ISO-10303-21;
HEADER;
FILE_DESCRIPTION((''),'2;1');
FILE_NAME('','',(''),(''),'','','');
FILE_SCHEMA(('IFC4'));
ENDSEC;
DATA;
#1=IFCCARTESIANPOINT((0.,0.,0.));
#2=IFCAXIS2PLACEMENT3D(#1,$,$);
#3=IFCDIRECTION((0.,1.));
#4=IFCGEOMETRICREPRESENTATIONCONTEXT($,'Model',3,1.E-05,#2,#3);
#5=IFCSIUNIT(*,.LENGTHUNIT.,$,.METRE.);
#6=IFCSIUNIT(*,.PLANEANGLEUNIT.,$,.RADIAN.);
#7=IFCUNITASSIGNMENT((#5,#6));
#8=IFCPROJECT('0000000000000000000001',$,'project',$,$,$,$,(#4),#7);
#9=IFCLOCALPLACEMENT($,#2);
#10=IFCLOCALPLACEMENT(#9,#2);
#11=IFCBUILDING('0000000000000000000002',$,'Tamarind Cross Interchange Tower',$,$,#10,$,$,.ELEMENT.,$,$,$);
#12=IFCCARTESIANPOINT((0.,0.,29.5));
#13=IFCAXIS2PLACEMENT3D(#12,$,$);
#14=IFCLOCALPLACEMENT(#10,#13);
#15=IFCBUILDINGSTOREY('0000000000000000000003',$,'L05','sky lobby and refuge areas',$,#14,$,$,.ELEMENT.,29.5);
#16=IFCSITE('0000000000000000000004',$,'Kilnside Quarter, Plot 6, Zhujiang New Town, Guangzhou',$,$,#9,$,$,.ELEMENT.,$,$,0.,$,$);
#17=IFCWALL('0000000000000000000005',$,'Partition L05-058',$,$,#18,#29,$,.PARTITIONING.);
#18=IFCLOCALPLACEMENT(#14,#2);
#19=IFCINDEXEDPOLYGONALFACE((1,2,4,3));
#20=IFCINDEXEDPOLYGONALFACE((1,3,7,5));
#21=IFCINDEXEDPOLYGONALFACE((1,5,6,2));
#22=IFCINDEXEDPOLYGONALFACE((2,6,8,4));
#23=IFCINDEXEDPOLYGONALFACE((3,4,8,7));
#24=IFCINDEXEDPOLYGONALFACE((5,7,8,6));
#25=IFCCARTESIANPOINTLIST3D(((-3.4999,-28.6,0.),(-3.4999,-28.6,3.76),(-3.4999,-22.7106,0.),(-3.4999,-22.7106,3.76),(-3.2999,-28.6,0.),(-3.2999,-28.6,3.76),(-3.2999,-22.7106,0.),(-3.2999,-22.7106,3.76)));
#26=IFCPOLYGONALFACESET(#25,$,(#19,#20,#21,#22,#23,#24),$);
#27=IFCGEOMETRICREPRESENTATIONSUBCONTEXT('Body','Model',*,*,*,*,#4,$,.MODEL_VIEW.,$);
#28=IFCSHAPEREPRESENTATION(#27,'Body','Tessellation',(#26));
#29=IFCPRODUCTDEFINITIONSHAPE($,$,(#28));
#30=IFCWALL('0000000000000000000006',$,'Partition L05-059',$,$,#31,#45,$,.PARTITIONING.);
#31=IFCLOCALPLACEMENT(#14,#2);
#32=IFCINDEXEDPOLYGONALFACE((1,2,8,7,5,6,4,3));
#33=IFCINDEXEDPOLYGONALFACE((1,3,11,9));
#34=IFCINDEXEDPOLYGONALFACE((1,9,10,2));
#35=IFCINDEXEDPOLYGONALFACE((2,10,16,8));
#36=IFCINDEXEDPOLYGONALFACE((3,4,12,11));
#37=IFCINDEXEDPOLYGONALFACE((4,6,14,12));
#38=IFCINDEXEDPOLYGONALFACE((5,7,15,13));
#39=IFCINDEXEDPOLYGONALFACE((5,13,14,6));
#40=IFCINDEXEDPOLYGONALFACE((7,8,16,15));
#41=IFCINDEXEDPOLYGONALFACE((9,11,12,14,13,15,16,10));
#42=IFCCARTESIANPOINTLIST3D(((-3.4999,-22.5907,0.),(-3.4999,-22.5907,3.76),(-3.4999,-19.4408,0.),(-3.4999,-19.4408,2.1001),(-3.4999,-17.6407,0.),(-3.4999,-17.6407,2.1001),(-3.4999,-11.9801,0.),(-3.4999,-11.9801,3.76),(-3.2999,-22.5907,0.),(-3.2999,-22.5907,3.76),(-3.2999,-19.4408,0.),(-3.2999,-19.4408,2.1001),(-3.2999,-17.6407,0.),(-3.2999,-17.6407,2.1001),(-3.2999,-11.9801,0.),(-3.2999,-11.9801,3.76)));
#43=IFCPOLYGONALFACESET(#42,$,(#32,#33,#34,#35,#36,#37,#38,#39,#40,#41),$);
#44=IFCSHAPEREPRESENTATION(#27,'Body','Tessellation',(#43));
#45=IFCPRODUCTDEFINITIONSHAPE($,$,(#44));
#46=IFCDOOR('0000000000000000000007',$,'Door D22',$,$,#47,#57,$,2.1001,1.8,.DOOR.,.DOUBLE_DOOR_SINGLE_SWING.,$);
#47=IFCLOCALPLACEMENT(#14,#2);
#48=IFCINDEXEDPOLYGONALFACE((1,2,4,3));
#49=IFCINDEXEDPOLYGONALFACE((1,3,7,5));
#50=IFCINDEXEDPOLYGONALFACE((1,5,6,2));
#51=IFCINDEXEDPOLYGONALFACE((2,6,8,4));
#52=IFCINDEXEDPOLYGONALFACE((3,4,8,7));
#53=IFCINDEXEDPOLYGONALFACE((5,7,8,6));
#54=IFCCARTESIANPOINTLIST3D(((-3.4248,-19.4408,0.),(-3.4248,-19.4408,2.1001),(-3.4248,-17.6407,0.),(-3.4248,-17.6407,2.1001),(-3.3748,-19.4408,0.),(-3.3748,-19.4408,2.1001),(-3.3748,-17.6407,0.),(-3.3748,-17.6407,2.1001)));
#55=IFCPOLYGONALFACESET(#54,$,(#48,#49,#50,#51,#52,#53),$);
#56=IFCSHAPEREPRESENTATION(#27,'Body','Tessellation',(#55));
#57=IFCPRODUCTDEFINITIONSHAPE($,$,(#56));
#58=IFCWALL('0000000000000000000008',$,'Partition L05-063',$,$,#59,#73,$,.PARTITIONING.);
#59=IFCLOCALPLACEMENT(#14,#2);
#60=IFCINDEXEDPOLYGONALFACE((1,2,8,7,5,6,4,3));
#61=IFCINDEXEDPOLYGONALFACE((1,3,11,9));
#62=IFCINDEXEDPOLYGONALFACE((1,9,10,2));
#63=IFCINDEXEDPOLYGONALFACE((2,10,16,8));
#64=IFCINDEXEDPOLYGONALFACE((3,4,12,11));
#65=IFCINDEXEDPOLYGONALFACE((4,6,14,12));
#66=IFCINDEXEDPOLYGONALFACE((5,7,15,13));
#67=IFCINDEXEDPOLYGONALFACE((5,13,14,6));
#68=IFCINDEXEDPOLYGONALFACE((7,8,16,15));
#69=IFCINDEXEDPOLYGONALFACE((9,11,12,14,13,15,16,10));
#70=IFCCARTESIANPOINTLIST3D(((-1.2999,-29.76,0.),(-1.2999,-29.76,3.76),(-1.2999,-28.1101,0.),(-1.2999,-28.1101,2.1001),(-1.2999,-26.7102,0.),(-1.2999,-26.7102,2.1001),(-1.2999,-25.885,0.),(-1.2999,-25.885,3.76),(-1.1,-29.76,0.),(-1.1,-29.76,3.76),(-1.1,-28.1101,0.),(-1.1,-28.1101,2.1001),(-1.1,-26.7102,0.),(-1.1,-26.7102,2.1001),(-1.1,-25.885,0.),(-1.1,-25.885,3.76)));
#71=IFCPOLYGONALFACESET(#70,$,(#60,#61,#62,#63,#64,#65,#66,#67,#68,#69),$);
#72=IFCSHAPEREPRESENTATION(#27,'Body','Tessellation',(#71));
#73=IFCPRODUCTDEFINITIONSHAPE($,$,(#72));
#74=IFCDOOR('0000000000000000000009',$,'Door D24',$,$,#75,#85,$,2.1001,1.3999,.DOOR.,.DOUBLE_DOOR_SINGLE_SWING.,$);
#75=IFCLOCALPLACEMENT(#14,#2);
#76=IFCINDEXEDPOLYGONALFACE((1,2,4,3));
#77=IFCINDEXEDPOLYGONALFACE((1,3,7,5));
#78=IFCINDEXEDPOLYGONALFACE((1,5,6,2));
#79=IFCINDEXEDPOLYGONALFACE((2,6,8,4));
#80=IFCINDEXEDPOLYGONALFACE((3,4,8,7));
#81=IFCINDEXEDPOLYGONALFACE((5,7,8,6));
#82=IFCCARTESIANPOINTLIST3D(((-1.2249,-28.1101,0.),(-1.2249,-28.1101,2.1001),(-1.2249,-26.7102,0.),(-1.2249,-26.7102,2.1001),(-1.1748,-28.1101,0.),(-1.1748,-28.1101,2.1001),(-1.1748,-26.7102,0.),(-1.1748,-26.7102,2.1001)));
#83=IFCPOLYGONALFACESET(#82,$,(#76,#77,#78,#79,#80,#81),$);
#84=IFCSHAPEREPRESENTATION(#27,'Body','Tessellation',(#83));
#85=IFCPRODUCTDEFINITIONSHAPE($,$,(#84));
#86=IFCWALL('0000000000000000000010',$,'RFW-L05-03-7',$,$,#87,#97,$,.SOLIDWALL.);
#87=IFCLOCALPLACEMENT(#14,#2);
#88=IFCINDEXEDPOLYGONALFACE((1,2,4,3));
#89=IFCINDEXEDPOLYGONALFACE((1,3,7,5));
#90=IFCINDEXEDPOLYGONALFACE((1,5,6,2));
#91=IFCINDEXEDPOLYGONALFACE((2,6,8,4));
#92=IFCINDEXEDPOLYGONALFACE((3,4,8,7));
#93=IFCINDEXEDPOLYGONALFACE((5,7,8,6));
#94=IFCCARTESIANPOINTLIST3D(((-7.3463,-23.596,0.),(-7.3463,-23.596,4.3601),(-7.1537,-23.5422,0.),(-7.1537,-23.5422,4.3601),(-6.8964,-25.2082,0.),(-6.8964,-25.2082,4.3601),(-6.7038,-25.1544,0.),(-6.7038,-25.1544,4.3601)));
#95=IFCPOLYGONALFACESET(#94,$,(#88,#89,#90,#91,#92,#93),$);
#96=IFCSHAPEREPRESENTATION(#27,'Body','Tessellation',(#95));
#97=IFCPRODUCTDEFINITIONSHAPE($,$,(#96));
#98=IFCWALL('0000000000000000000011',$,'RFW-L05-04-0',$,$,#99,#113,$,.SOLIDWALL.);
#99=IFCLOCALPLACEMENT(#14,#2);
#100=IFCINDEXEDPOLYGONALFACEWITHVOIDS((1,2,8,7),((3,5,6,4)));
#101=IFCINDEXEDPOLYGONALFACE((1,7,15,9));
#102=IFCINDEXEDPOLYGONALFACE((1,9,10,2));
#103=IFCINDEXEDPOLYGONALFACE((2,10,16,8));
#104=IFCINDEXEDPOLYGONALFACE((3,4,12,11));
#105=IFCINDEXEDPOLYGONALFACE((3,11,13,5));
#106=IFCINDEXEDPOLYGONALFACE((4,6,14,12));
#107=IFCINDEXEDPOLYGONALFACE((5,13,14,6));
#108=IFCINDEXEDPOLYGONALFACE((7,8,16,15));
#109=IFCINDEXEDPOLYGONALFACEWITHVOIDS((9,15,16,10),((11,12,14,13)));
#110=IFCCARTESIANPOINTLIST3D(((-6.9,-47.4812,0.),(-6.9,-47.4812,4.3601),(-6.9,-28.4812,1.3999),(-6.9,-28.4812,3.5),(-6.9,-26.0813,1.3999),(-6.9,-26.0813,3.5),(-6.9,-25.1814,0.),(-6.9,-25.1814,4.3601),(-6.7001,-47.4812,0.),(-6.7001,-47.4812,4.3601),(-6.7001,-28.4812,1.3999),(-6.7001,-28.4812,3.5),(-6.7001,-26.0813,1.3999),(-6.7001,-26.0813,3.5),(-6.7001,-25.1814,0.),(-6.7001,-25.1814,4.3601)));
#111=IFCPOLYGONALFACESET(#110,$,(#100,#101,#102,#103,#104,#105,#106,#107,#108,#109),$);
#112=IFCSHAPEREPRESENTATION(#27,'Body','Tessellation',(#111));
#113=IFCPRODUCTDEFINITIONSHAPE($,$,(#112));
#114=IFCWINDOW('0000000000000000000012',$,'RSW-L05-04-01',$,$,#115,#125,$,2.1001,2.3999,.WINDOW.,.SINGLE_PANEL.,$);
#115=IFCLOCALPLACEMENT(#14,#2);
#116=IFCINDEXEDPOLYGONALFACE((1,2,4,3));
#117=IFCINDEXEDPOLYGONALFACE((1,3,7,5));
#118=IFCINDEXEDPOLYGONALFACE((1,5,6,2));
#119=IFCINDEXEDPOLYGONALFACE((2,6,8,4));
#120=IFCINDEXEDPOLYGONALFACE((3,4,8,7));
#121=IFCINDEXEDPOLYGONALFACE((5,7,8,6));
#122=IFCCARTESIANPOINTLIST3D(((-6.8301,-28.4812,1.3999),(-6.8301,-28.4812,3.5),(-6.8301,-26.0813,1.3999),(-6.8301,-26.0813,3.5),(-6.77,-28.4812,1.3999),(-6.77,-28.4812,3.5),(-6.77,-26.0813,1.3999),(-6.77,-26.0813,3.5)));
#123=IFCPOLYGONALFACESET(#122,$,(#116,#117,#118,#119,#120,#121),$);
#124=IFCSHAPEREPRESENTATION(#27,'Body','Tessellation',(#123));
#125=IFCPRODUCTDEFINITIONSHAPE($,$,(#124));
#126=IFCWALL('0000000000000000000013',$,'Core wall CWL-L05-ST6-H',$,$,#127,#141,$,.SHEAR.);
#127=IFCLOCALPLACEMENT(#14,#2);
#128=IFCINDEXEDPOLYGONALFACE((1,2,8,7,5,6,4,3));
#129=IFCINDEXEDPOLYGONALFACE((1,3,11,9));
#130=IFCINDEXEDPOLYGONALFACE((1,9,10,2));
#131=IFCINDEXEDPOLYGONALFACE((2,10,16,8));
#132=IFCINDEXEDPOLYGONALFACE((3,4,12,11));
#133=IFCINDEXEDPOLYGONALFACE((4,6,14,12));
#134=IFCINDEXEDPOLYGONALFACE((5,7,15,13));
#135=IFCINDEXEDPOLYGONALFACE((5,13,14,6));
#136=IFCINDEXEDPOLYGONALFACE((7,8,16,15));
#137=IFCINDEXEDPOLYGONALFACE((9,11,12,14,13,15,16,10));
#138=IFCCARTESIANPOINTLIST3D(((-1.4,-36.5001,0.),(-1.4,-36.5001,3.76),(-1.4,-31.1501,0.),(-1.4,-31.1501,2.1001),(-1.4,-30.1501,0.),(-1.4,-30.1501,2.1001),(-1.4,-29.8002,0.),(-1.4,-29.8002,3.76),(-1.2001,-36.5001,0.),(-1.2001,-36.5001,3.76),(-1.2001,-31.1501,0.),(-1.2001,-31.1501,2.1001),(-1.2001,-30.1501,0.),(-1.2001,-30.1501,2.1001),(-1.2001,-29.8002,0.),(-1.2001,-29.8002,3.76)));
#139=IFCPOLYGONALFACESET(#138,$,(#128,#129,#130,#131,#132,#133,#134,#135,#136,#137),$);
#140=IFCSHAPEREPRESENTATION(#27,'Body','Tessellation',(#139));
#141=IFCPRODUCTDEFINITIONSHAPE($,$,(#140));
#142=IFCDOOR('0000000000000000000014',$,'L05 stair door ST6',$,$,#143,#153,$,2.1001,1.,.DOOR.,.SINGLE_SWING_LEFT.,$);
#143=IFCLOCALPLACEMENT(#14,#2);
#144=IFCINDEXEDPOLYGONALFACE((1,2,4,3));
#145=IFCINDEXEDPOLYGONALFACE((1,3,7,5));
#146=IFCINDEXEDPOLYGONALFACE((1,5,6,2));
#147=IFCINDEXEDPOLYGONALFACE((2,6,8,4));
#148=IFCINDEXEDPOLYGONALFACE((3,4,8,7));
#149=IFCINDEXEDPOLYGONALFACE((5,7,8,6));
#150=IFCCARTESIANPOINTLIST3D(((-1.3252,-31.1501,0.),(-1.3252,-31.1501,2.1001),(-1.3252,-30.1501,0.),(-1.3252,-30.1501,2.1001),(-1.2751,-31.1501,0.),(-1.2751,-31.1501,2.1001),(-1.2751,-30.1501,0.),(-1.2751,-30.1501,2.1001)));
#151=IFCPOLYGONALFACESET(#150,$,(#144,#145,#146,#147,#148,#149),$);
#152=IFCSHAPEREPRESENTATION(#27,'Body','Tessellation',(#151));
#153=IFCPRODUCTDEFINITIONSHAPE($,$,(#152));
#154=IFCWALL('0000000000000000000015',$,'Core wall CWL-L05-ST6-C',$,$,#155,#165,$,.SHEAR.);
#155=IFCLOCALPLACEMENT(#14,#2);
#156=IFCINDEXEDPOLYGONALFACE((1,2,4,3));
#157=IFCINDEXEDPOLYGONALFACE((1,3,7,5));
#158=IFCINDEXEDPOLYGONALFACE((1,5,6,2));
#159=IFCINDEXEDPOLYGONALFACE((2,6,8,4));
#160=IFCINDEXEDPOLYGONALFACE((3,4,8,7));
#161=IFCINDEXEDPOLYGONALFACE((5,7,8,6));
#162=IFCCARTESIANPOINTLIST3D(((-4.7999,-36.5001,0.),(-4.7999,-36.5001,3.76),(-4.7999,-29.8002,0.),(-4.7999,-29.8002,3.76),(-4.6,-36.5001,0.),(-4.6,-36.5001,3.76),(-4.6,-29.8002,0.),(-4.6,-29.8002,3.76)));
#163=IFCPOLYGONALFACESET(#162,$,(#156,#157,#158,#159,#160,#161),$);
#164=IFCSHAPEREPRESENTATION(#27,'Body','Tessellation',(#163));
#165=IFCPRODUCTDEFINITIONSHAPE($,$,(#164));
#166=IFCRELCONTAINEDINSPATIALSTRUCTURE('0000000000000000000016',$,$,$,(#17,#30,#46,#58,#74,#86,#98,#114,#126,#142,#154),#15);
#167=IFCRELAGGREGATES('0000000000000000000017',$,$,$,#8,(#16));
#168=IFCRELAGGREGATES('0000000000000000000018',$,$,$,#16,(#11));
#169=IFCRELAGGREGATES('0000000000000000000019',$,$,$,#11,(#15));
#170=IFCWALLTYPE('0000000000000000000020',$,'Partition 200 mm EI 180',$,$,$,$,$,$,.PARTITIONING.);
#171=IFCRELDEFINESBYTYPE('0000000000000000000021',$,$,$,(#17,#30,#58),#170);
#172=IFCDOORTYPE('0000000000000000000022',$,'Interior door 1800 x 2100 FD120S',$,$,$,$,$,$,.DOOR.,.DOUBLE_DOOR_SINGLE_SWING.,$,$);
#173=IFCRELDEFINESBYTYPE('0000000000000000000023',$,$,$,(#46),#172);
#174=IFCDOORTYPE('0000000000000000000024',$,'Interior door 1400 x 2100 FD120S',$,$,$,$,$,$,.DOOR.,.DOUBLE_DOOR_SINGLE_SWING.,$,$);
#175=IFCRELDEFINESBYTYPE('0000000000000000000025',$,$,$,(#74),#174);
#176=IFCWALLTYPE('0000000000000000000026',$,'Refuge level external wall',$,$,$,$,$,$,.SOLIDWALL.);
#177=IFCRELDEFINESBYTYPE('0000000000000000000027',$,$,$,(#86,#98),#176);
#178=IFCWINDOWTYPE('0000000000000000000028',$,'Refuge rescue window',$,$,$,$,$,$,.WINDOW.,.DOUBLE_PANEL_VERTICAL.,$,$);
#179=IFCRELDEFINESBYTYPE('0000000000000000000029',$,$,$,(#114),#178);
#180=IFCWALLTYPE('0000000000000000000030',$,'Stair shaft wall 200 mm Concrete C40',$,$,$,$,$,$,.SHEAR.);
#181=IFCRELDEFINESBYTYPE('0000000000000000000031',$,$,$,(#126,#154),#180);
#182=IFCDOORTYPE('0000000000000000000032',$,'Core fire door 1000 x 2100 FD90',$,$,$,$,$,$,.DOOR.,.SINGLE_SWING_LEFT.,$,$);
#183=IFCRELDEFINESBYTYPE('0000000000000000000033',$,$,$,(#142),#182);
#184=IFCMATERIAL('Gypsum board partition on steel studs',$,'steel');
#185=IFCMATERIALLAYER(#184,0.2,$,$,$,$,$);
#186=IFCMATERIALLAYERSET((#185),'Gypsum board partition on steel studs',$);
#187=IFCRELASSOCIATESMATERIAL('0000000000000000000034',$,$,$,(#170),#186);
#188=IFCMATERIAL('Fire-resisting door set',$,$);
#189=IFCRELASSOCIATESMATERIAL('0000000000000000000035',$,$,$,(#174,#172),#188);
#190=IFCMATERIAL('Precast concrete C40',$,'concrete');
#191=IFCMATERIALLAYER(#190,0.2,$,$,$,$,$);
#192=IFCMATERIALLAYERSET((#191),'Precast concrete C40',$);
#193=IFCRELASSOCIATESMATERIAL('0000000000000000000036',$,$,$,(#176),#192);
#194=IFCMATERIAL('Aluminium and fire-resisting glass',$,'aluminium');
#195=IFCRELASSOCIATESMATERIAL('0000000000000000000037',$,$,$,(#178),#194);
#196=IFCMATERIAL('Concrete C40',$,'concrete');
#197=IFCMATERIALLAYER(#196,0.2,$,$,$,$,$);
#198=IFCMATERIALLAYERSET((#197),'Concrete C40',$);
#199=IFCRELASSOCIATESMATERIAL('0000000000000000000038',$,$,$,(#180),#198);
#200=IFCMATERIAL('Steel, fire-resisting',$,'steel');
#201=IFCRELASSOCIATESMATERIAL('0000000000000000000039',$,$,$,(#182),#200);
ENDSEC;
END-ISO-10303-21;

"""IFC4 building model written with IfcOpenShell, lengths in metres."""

from ifc_helpers import new_model, si_unit, direction, frame, frame_2d, origin, place, context, subcontext, project, spatial, rectangle, extrude, material, layer, layer_set, type_object, element, fill, save


model = new_model("IFC4")

# Units and contexts
model_context = context("Model", 3, precision=1e-05, world=origin(), true_north=direction((0.0, 1.0)))
body_context = subcontext(model_context, "Body", "Model", "MODEL_VIEW")
ifc_project = project(units=[si_unit("LENGTHUNIT", "METRE"), si_unit("PLANEANGLEUNIT", "RADIAN")], contexts=[model_context])

# Site, building, storey
site_placement = place(None, origin())
site = spatial("IfcSite", under=ifc_project, at=site_placement, Name="Kilnside Quarter, Plot 6, Zhujiang New Town, Guangzhou", CompositionType="ELEMENT", RefElevation=0.0)
building_placement = place(site_placement, origin())
building = spatial("IfcBuilding", under=site, at=building_placement, Name="Tamarind Cross Interchange Tower", CompositionType="ELEMENT")
storey_placement = place(building_placement, frame((0.0, 0.0, 29.5)))
storey = spatial("IfcBuildingStorey", under=building, at=storey_placement, Name="L05", Description="sky lobby and refuge areas", CompositionType="ELEMENT", Elevation=29.5)

# Shared definitions
ifc_material_1 = material(Name="Gypsum board partition on steel studs", Category="steel")
ifc_layer_1 = layer(ifc_material_1, 0.2)
ifc_layer_set_1 = layer_set([ifc_layer_1], Name="Gypsum board partition on steel studs")
wall_type_1 = type_object("IfcWallType", Name="Partition 200 mm EI 180", PredefinedType="PARTITIONING", material=ifc_layer_set_1)

# Shared definitions
ifc_material_2 = material(Name="Fire-resisting door set")
door_type_1 = type_object("IfcDoorType", Name="Interior door 1400 x 2100 FD120S", OperationType="DOUBLE_DOOR_SINGLE_SWING", PredefinedType="DOOR", material=ifc_material_2)

# Wall
wall_1_placement = place(storey_placement, frame((-3.3999, -28.6001, 0.0), z_axis=(0.0, 0.0, 1.0), x_axis=(0.0, 1.0, 0.0)))
element("IfcWall", 1, at=wall_1_placement, inside=storey, type_object=wall_type_1, Name="Partition L05-058", PredefinedType="PARTITIONING", context=body_context, shape_type="SweptSolid", body=[
    extrude(rectangle(XDim=5.8894, YDim=0.2, at=frame_2d((2.9448, 0.0))), origin(), (0.0, 0.0, 1.0), 3.76),
])

# Walls, openings, doors
wall_2_placement = place(storey_placement, frame((-3.3999, -22.5906, 0.0), z_axis=(0.0, 0.0, 1.0), x_axis=(0.0, 1.0, 0.0)))
wall_2 = element("IfcWall", 2, at=wall_2_placement, inside=storey, type_object=wall_type_1, Name="Partition L05-059", PredefinedType="PARTITIONING", context=body_context, shape_type="SweptSolid", body=[
    extrude(rectangle(XDim=10.6106, YDim=0.2, at=frame_2d((5.3052, 0.0))), origin(), (0.0, 0.0, 1.0), 3.76),
])
opening_1_placement = place(wall_2_placement, frame((3.1499, 0.0, 0.0)))
opening_1 = element("IfcOpeningElement", 3, at=opening_1_placement, cuts=wall_2, PredefinedType="OPENING", context=body_context, shape_type="SweptSolid", body=[
    extrude(rectangle(XDim=1.8, YDim=2.1001, at=frame_2d((0.8999, 1.05))), frame((0.0, 0.1099, 0.0), z_axis=(0.0, -1.0, 0.0), x_axis=(1.0, 0.0, 0.0)), (0.0, 0.0, 1.0), 0.22),
])
door_type_2 = type_object("IfcDoorType", Name="Interior door 1800 x 2100 FD120S", OperationType="DOUBLE_DOOR_SINGLE_SWING", PredefinedType="DOOR", material=ifc_material_2)
door_1_placement = place(opening_1_placement, origin())
door_1 = element("IfcDoor", 4, at=door_1_placement, inside=storey, type_object=door_type_2, Name="Door D22", OperationType="DOUBLE_DOOR_SINGLE_SWING", OverallHeight=2.1001, OverallWidth=1.8, PredefinedType="DOOR", context=body_context, shape_type="SweptSolid", body=[
    extrude(rectangle(XDim=1.8, YDim=2.1001, at=frame_2d((0.8999, 1.05))), frame((0.0, 0.0249, 0.0), z_axis=(0.0, -1.0, 0.0), x_axis=(1.0, 0.0, 0.0)), (0.0, 0.0, 1.0), 0.05),
])
fill(opening_1, door_1)
wall_3_placement = place(storey_placement, frame((-1.2, -29.76, 0.0), z_axis=(0.0, 0.0, 1.0), x_axis=(0.0, 1.0, 0.0)))
wall_3 = element("IfcWall", 5, at=wall_3_placement, inside=storey, type_object=wall_type_1, Name="Partition L05-063", PredefinedType="PARTITIONING", context=body_context, shape_type="SweptSolid", body=[
    extrude(rectangle(XDim=3.875, YDim=0.2, at=frame_2d((1.9375, 0.0))), origin(), (0.0, 0.0, 1.0), 3.76),
])
opening_2_placement = place(wall_3_placement, frame((1.6499, 0.0, 0.0)))
opening_2 = element("IfcOpeningElement", 6, at=opening_2_placement, cuts=wall_3, PredefinedType="OPENING", context=body_context, shape_type="SweptSolid", body=[
    extrude(rectangle(XDim=1.3999, YDim=2.1001, at=frame_2d((0.7, 1.05))), frame((0.0, 0.1099, 0.0), z_axis=(0.0, -1.0, 0.0), x_axis=(1.0, 0.0, 0.0)), (0.0, 0.0, 1.0), 0.22),
])
door_2_placement = place(opening_2_placement, origin())
door_2 = element("IfcDoor", 7, at=door_2_placement, inside=storey, type_object=door_type_1, Name="Door D24", OperationType="DOUBLE_DOOR_SINGLE_SWING", OverallHeight=2.1001, OverallWidth=1.3999, PredefinedType="DOOR", context=body_context, shape_type="SweptSolid", body=[
    extrude(rectangle(XDim=1.3999, YDim=2.1001, at=frame_2d((0.7, 1.05))), frame((0.0, 0.0249, 0.0), z_axis=(0.0, -1.0, 0.0), x_axis=(1.0, 0.0, 0.0)), (0.0, 0.0, 1.0), 0.05),
])
fill(opening_2, door_2)

# Wall
ifc_material_3 = material(Name="Precast concrete C40", Category="concrete")
ifc_layer_2 = layer(ifc_material_3, 0.2)
ifc_layer_set_2 = layer_set([ifc_layer_2], Name="Precast concrete C40")
wall_type_2 = type_object("IfcWallType", Name="Refuge level external wall", PredefinedType="SOLIDWALL", material=ifc_layer_set_2)
wall_4_placement = place(storey_placement, frame((-7.25, -23.5691, 0.0), z_axis=(0.0, 0.0, 1.0), x_axis=(0.268802, -0.963195, 0.0)))
element("IfcWall", 8, at=wall_4_placement, inside=storey, type_object=wall_type_2, Name="RFW-L05-03-7", PredefinedType="SOLIDWALL", context=body_context, shape_type="SweptSolid", body=[
    extrude(rectangle(XDim=1.6738, YDim=0.2, at=frame_2d((0.8369, 0.0))), origin(), (0.0, 0.0, 1.0), 4.3601),
])

# Wall, opening, window
wall_5_placement = place(storey_placement, frame((-6.8, -25.1814, 0.0), z_axis=(0.0, 0.0, 1.0), x_axis=(0.0, -1.0, 0.0)))
wall_5 = element("IfcWall", 9, at=wall_5_placement, inside=storey, type_object=wall_type_2, Name="RFW-L05-04-0", PredefinedType="SOLIDWALL", context=body_context, shape_type="SweptSolid", body=[
    extrude(rectangle(XDim=22.2998, YDim=0.2, at=frame_2d((11.1499, 0.0))), origin(), (0.0, 0.0, 1.0), 4.3601),
])
opening_3_placement = place(wall_5_placement, frame((0.8999, 0.0, 1.3999)))
opening_3 = element("IfcOpeningElement", 10, at=opening_3_placement, cuts=wall_5, PredefinedType="OPENING", context=body_context, shape_type="SweptSolid", body=[
    extrude(rectangle(XDim=2.3999, YDim=2.1001, at=frame_2d((1.2, 1.05))), frame((0.0, 0.1099, 0.0), z_axis=(0.0, -1.0, 0.0), x_axis=(1.0, 0.0, 0.0)), (0.0, 0.0, 1.0), 0.22),
])
ifc_material_4 = material(Name="Aluminium and fire-resisting glass", Category="aluminium")
window_type = type_object("IfcWindowType", Name="Refuge rescue window", PartitioningType="DOUBLE_PANEL_VERTICAL", PredefinedType="WINDOW", material=ifc_material_4)
window_placement = place(opening_3_placement, origin())
window = element("IfcWindow", 11, at=window_placement, inside=storey, type_object=window_type, Name="RSW-L05-04-01", OverallHeight=2.1001, OverallWidth=2.3999, PartitioningType="SINGLE_PANEL", PredefinedType="WINDOW", context=body_context, shape_type="SweptSolid", body=[
    extrude(rectangle(XDim=2.3999, YDim=2.1001, at=frame_2d((1.2, 1.05))), frame((0.0, 0.03, 0.0), z_axis=(0.0, -1.0, 0.0), x_axis=(1.0, 0.0, 0.0)), (0.0, 0.0, 1.0), 0.0601),
])
fill(opening_3, window)

# Wall, opening, door
ifc_material_5 = material(Name="Concrete C40", Category="concrete")
ifc_layer_3 = layer(ifc_material_5, 0.2)
ifc_layer_set_3 = layer_set([ifc_layer_3], Name="Concrete C40")
wall_type_3 = type_object("IfcWallType", Name="Stair shaft wall 200 mm Concrete C40", PredefinedType="SHEAR", material=ifc_layer_set_3)
wall_6_placement = place(storey_placement, frame((-1.3, -29.8, 0.0), z_axis=(0.0, 0.0, 1.0), x_axis=(0.0, -1.0, 0.0)))
wall_6 = element("IfcWall", 12, at=wall_6_placement, inside=storey, type_object=wall_type_3, Name="Core wall CWL-L05-ST6-H", PredefinedType="SHEAR", context=body_context, shape_type="SweptSolid", body=[
    extrude(rectangle(XDim=6.7, YDim=0.2, at=frame_2d((3.3501, 0.0))), origin(), (0.0, 0.0, 1.0), 3.76),
])
opening_4_placement = place(wall_6_placement, frame((0.3501, 0.0, 0.0)))
opening_4 = element("IfcOpeningElement", 13, at=opening_4_placement, cuts=wall_6, PredefinedType="OPENING", context=body_context, shape_type="SweptSolid", body=[
    extrude(rectangle(XDim=1.0, YDim=2.1001, at=frame_2d((0.5, 1.05))), frame((0.0, 0.1099, 0.0), z_axis=(0.0, -1.0, 0.0), x_axis=(1.0, 0.0, 0.0)), (0.0, 0.0, 1.0), 0.22),
])
ifc_material_6 = material(Name="Steel, fire-resisting", Category="steel")
door_type_3 = type_object("IfcDoorType", Name="Core fire door 1000 x 2100 FD90", OperationType="SINGLE_SWING_LEFT", PredefinedType="DOOR", material=ifc_material_6)
door_3_placement = place(opening_4_placement, origin())
door_3 = element("IfcDoor", 14, at=door_3_placement, inside=storey, type_object=door_type_3, Name="L05 stair door ST6", OperationType="SINGLE_SWING_LEFT", OverallHeight=2.1001, OverallWidth=1.0, PredefinedType="DOOR", context=body_context, shape_type="SweptSolid", body=[
    extrude(rectangle(XDim=1.0, YDim=2.1001, at=frame_2d((0.5, 1.05))), frame((0.0, 0.0249, 0.0), z_axis=(0.0, -1.0, 0.0), x_axis=(1.0, 0.0, 0.0)), (0.0, 0.0, 1.0), 0.05),
])
fill(opening_4, door_3)

# Wall
wall_7_placement = place(storey_placement, frame((-4.7, -29.8, 0.0), z_axis=(0.0, 0.0, 1.0), x_axis=(0.0, -1.0, 0.0)))
element("IfcWall", 15, at=wall_7_placement, inside=storey, type_object=wall_type_3, Name="Core wall CWL-L05-ST6-C", PredefinedType="SHEAR", context=body_context, shape_type="SweptSolid", body=[
    extrude(rectangle(XDim=6.7, YDim=0.2, at=frame_2d((3.3501, 0.0))), origin(), (0.0, 0.0, 1.0), 3.76),
])

save(model, "model.ifc")
